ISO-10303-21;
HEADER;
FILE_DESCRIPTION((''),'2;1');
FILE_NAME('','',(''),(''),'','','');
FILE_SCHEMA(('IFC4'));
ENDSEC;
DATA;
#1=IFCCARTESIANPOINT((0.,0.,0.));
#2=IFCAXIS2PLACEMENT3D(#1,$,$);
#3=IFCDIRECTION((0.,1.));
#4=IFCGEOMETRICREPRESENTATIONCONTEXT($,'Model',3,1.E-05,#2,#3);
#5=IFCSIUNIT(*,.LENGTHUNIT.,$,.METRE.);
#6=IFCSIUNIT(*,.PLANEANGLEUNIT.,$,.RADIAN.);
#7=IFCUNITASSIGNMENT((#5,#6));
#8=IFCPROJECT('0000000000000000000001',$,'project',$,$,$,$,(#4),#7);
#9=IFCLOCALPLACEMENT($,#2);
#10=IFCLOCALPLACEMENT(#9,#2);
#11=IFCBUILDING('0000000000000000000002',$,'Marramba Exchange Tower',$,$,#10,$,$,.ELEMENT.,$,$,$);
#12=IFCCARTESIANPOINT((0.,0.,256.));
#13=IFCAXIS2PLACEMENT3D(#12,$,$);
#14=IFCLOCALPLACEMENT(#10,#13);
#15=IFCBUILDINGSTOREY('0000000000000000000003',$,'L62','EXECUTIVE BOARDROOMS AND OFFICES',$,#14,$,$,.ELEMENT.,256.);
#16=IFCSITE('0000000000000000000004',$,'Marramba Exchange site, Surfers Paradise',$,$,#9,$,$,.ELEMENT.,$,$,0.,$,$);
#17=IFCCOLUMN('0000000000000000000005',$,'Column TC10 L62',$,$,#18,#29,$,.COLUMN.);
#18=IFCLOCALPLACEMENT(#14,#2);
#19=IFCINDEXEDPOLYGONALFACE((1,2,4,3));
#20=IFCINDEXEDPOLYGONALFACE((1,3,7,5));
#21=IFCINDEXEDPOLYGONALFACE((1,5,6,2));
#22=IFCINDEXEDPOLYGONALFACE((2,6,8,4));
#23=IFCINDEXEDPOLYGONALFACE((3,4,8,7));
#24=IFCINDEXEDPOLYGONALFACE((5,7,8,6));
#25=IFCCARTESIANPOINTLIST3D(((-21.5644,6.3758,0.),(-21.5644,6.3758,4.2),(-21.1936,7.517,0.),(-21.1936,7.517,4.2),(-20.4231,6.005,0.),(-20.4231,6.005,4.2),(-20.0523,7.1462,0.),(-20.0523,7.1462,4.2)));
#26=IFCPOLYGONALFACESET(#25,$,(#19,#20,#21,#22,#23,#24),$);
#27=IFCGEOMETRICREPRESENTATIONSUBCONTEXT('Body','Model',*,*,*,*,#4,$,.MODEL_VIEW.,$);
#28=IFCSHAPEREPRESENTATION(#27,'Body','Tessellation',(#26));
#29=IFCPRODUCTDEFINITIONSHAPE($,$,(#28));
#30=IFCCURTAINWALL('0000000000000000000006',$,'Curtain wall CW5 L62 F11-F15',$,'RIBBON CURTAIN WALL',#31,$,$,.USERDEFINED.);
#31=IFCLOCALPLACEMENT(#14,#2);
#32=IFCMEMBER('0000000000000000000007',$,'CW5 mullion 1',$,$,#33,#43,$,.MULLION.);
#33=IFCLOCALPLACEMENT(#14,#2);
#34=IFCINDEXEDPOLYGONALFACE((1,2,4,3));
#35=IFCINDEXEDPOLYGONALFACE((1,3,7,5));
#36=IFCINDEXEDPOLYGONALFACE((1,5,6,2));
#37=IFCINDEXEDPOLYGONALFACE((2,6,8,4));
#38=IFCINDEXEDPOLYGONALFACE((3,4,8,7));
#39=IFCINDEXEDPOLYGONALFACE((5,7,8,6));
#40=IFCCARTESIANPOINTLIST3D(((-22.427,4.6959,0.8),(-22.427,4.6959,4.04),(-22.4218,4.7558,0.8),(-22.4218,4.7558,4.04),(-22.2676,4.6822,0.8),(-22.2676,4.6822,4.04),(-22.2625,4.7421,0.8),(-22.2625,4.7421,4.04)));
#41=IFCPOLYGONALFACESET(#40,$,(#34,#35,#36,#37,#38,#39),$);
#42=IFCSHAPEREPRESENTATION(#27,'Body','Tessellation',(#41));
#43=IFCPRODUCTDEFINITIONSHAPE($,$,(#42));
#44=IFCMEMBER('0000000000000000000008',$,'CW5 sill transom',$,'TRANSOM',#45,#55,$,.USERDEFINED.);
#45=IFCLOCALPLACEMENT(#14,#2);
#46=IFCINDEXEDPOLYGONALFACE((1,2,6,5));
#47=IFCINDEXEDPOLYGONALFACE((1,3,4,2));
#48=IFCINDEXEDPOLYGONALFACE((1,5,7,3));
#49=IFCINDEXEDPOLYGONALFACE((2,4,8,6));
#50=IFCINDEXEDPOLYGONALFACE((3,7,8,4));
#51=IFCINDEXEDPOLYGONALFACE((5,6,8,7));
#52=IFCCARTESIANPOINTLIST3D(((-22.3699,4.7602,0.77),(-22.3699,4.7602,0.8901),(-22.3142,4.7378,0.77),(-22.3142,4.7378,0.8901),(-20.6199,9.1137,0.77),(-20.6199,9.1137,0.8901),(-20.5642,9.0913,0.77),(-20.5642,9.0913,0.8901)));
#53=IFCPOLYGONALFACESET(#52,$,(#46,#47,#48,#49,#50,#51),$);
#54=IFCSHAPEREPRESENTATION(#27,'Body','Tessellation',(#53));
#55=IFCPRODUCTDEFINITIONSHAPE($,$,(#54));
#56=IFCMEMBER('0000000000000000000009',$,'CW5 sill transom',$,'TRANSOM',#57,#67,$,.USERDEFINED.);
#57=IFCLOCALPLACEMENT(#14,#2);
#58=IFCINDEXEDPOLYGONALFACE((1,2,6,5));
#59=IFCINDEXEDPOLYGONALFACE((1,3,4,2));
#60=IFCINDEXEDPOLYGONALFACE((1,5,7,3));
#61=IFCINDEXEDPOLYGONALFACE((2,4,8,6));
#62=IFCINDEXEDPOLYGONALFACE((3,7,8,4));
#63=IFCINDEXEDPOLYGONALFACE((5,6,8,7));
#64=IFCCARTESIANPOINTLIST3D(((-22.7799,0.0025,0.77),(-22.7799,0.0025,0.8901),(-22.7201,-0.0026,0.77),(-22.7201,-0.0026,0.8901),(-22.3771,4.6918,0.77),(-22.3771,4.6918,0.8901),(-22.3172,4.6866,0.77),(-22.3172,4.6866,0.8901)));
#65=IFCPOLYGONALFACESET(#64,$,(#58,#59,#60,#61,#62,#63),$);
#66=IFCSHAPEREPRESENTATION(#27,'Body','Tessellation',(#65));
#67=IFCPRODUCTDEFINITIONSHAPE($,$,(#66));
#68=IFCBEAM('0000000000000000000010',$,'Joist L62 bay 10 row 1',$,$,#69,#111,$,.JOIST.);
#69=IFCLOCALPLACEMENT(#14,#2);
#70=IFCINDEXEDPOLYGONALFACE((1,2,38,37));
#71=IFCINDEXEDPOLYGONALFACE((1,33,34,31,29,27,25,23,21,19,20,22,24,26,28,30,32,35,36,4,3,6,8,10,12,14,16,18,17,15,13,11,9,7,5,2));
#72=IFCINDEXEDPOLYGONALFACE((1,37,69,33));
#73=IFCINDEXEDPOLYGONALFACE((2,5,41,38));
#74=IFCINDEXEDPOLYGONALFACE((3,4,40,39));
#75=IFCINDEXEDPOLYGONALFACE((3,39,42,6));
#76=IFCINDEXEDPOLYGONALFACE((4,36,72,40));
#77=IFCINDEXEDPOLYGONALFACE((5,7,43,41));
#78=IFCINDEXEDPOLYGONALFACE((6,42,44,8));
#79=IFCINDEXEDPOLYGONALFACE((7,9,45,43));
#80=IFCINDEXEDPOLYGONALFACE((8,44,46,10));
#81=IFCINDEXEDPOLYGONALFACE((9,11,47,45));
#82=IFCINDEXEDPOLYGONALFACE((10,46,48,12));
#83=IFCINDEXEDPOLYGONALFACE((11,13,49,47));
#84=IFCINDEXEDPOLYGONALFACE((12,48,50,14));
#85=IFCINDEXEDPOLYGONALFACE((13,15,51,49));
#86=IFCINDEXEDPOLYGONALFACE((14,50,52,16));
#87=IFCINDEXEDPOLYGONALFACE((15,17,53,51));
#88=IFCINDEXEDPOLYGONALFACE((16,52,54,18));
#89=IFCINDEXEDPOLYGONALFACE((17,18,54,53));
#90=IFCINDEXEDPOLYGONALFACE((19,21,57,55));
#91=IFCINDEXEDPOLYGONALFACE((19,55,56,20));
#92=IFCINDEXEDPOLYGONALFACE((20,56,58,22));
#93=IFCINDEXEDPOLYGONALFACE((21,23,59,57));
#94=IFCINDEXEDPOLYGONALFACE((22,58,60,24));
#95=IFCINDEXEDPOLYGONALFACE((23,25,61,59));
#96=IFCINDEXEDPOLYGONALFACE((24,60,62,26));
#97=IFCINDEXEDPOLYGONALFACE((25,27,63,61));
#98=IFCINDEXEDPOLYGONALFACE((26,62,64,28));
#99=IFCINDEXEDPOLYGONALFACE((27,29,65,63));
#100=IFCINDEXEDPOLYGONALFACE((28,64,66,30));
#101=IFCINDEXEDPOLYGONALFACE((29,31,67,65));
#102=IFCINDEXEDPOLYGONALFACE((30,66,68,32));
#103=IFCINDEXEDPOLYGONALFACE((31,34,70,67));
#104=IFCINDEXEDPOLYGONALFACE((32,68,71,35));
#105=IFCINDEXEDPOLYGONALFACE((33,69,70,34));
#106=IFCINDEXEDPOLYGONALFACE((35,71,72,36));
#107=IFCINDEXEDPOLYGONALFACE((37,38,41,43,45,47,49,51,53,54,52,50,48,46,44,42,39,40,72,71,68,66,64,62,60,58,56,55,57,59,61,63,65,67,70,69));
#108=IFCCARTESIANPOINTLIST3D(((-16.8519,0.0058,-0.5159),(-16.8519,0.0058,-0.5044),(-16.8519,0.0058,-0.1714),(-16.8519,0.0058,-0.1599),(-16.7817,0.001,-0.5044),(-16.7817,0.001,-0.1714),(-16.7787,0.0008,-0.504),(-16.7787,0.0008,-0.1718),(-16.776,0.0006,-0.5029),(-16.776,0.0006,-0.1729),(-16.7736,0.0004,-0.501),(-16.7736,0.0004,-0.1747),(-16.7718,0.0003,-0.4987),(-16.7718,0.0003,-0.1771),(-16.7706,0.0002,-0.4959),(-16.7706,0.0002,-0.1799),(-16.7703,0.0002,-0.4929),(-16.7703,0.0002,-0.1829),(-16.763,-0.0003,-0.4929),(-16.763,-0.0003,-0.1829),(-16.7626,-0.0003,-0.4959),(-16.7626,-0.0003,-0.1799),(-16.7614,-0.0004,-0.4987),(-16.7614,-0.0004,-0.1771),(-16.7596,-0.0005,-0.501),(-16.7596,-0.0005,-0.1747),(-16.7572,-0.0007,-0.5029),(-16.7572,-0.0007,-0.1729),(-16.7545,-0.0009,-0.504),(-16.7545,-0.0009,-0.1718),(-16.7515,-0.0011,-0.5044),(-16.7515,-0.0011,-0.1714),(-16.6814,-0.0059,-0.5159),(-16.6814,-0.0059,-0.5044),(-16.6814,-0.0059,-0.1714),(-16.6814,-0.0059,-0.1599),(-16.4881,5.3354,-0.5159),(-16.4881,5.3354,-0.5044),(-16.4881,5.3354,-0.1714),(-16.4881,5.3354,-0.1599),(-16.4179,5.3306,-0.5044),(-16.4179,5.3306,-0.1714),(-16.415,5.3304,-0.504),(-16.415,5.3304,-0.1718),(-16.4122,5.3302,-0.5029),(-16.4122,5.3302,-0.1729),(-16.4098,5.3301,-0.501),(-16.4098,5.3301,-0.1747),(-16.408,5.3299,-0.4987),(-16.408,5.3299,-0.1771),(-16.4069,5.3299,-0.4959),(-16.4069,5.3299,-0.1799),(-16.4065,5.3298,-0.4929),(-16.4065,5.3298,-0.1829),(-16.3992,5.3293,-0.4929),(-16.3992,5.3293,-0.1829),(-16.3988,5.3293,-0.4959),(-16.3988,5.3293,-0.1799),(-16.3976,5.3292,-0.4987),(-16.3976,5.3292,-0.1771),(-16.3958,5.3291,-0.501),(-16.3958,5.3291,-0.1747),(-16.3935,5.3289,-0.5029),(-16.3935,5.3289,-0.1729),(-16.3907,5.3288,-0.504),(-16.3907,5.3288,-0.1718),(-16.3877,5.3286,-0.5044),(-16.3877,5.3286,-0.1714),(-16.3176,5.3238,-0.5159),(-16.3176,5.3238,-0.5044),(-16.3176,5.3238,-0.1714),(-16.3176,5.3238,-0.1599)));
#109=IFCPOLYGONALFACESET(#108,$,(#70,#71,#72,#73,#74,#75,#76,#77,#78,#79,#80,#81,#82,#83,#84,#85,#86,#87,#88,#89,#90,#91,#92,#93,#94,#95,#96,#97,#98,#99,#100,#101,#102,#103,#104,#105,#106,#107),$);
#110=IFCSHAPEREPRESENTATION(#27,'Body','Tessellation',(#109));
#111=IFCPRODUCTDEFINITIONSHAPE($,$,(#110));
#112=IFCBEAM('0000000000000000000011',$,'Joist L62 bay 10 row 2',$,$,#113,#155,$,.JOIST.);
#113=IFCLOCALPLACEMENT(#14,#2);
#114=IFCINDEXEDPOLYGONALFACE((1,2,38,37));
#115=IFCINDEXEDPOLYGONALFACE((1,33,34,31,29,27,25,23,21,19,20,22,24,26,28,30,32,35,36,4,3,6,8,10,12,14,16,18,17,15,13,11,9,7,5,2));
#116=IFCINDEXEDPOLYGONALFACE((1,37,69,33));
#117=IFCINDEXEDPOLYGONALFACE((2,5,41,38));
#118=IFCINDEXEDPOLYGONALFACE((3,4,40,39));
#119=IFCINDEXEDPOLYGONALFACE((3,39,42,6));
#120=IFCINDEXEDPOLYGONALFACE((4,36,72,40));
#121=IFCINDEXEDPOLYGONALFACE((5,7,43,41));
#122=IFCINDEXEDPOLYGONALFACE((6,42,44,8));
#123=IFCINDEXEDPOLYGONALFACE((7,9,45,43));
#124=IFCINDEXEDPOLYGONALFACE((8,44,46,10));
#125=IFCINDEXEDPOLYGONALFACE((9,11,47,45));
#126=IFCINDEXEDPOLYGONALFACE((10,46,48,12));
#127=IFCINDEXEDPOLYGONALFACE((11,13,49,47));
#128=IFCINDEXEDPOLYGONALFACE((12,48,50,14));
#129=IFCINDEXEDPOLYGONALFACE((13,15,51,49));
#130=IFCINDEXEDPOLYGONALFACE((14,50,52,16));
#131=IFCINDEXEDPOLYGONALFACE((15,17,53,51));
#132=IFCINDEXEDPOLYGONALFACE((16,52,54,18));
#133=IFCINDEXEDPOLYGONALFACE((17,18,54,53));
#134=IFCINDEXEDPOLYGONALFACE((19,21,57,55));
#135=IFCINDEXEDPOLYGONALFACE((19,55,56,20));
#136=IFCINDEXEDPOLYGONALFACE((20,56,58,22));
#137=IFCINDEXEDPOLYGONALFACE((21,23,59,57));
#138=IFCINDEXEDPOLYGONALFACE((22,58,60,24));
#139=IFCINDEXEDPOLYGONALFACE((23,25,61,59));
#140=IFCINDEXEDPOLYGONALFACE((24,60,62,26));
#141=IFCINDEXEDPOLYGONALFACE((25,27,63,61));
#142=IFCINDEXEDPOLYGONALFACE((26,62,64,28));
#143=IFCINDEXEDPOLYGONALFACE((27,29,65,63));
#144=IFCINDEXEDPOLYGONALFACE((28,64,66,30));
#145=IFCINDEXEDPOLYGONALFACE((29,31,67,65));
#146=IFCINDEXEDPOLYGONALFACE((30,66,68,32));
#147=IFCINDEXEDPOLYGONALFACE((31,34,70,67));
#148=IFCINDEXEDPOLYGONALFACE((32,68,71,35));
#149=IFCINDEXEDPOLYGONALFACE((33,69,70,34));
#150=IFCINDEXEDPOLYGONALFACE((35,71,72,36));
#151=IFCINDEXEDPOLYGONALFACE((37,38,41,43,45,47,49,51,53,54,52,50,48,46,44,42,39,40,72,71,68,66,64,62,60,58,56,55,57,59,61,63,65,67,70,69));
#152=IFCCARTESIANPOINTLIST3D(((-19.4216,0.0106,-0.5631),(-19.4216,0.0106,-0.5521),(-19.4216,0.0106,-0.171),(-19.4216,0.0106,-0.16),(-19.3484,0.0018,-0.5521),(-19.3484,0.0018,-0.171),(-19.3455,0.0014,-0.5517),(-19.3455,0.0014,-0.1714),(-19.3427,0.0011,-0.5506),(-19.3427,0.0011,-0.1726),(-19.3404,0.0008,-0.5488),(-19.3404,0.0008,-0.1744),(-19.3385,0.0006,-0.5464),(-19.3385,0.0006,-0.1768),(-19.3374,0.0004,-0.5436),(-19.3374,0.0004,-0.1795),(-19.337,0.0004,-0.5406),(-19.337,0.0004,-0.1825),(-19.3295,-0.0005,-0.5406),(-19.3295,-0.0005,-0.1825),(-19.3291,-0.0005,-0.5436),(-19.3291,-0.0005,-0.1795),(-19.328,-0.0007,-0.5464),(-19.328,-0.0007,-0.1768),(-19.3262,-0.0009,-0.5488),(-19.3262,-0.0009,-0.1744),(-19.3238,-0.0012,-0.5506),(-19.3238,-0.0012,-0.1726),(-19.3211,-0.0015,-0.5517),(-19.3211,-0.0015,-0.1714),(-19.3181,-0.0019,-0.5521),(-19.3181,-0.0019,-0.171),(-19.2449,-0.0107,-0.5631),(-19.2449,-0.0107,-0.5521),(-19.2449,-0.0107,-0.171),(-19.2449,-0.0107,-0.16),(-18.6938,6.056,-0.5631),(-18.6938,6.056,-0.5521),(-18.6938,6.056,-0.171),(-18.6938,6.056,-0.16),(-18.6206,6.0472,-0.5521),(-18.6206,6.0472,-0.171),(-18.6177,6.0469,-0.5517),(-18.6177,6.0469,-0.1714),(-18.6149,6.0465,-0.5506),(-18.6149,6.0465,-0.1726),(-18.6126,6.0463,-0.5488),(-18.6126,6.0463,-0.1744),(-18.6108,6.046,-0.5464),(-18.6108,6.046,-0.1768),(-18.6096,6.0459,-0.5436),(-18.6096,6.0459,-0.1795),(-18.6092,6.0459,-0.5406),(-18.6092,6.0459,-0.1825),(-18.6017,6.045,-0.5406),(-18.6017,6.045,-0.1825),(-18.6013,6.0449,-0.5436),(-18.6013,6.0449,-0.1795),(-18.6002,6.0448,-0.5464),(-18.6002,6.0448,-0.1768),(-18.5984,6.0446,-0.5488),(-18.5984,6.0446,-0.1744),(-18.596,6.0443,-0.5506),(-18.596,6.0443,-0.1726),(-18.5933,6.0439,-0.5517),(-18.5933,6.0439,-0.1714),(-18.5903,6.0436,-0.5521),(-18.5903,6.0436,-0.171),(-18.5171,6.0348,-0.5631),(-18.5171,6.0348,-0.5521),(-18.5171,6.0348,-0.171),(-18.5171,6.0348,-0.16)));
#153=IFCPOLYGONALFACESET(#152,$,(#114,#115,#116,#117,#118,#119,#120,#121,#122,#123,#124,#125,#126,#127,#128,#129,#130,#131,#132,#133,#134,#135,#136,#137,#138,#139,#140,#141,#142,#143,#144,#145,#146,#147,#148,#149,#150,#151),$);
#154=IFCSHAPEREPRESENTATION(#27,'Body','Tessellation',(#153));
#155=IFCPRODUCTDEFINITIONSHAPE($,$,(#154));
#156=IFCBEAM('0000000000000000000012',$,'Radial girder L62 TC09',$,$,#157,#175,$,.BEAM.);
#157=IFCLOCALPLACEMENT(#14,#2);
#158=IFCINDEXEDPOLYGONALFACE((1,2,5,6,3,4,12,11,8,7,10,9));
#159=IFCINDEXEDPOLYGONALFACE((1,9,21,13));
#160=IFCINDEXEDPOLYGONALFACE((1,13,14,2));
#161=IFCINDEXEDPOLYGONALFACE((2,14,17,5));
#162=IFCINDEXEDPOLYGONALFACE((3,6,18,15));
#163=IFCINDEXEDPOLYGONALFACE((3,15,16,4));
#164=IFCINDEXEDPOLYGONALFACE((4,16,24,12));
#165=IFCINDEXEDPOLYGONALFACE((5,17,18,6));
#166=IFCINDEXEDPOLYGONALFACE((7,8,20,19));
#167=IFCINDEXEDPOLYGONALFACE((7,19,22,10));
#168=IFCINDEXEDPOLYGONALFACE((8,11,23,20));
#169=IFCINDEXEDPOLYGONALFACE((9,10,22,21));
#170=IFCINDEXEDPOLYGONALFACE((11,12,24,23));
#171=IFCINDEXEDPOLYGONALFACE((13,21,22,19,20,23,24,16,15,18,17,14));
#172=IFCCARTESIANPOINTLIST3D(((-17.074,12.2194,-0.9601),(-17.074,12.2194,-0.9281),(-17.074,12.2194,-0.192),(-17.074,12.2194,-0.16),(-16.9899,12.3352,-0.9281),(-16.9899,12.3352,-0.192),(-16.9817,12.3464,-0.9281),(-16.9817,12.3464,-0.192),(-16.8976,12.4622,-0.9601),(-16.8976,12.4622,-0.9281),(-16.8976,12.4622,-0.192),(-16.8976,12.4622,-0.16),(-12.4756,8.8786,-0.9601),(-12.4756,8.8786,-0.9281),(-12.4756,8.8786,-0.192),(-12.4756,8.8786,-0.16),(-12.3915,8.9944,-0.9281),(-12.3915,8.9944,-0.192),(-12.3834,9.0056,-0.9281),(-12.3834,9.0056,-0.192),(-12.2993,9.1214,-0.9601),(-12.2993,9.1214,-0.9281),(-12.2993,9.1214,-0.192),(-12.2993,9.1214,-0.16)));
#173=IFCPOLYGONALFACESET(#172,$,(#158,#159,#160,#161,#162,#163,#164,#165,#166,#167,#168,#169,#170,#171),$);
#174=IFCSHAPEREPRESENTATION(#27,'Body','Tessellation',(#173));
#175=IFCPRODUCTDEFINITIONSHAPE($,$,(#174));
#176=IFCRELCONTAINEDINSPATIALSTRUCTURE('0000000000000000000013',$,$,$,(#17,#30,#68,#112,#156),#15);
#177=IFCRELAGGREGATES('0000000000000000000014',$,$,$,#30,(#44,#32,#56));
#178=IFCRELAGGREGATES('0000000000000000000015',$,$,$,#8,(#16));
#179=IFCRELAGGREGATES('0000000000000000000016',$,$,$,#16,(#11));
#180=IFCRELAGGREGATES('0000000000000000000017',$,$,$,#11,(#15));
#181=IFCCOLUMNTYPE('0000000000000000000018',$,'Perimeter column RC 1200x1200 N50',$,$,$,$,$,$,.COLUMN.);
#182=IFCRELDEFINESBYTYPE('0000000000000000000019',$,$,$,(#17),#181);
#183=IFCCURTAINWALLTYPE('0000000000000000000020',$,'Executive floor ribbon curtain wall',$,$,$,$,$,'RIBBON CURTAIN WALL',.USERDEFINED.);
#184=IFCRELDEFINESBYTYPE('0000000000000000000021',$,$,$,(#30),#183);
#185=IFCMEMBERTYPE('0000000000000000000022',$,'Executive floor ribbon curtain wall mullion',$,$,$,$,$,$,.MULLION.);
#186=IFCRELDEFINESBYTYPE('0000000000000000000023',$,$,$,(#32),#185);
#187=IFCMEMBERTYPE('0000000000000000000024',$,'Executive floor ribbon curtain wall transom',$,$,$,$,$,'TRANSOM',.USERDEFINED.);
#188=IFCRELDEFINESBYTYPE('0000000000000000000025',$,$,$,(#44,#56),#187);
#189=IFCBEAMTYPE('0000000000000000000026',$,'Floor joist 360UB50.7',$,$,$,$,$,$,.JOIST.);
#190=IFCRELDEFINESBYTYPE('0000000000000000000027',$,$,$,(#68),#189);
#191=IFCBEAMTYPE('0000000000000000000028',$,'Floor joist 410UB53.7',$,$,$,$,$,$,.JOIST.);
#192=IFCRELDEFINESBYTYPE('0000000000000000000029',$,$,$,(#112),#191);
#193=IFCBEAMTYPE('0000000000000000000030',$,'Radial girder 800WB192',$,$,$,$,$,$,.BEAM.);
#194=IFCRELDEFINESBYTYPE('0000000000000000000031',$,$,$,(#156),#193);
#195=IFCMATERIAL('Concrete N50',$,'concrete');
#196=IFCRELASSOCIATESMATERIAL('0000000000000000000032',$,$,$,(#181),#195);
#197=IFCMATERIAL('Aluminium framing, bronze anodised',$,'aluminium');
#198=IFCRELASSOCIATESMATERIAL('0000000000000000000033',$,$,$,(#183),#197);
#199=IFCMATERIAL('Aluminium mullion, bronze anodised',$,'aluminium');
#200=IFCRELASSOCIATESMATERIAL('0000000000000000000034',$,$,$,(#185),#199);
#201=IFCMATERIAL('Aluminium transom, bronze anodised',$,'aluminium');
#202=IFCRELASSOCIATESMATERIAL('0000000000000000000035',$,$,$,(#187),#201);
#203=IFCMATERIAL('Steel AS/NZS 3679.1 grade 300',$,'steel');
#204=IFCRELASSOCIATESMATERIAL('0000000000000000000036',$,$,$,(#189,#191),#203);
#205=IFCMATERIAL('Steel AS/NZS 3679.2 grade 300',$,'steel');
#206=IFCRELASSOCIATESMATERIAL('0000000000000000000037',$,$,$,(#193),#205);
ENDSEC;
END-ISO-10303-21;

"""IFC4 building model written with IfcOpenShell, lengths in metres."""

from ifc_helpers import new_model, si_unit, direction, frame, origin, origin_2d, place, context, subcontext, project, spatial, rectangle, i_section, extrude, material, material_profile, profile_set, type_object, element, aggregate, save


model = new_model("IFC4")

# Units and contexts
model_context = context("Model", 3, precision=1e-05, world=origin(), true_north=direction((0.0, 1.0)))
body_context = subcontext(model_context, "Body", "Model", "MODEL_VIEW")
ifc_project = project(units=[si_unit("LENGTHUNIT", "METRE"), si_unit("PLANEANGLEUNIT", "RADIAN")], contexts=[model_context])

# Site, building, storey
site_placement = place(None, origin())
site = spatial("IfcSite", under=ifc_project, at=site_placement, Name="Marramba Exchange site, Surfers Paradise", CompositionType="ELEMENT", RefElevation=0.0)
building_placement = place(site_placement, origin())
building = spatial("IfcBuilding", under=site, at=building_placement, Name="Marramba Exchange Tower", CompositionType="ELEMENT")
storey_placement = place(building_placement, frame((0.0, 0.0, 256.0)))
storey = spatial("IfcBuildingStorey", under=building, at=storey_placement, Name="L62", Description="EXECUTIVE BOARDROOMS AND OFFICES", CompositionType="ELEMENT", Elevation=256.0)

# Column
ifc_material_1 = material(Name="Concrete N50", Category="concrete")
ifc_material_profile_1 = material_profile(ifc_material_1, rectangle(XDim=1.2, YDim=1.2, at=origin_2d()), Name="RC 1200x1200")
ifc_profile_set_1 = profile_set([ifc_material_profile_1], Name="Concrete N50")
column_type = type_object("IfcColumnType", Name="Perimeter column RC 1200x1200 N50", PredefinedType="COLUMN", material=ifc_profile_set_1)
column_placement = place(storey_placement, frame((-20.8083, 6.761, 0.0), z_axis=(0.0, 0.0, 1.0), x_axis=(-0.951057, 0.309017, 0.0)))
element("IfcColumn", 1, at=column_placement, inside=storey, type_object=column_type, Name="Column TC10 L62", PredefinedType="COLUMN", context=body_context, shape_type="SweptSolid", body=[
    extrude(rectangle(XDim=1.2, YDim=1.2, at=origin_2d()), origin(), (0.0, 0.0, 1.0), 4.2),
])

# Curtain wall, members
ifc_material_2 = material(Name="Aluminium framing, bronze anodised", Category="aluminium")
curtain_wall_type = type_object("IfcCurtainWallType", Name="Executive floor ribbon curtain wall", ElementType="RIBBON CURTAIN WALL", PredefinedType="USERDEFINED", material=ifc_material_2)
curtain_wall_placement = place(storey_placement, origin())
curtain_wall = element("IfcCurtainWall", 2, at=curtain_wall_placement, inside=storey, type_object=curtain_wall_type, Name="Curtain wall CW5 L62 F11-F15", ObjectType="RIBBON CURTAIN WALL", PredefinedType="USERDEFINED")
ifc_material_3 = material(Name="Aluminium mullion, bronze anodised", Category="aluminium")
ifc_material_profile_2 = material_profile(ifc_material_3, rectangle(XDim=0.1599, YDim=0.0601, at=origin_2d()), Name="CW5 mullion 60x160")
ifc_profile_set_2 = profile_set([ifc_material_profile_2], Name="Aluminium mullion, bronze anodised")
member_type_1 = type_object("IfcMemberType", Name="Executive floor ribbon curtain wall mullion", PredefinedType="MULLION", material=ifc_profile_set_2)
member_1_placement = place(storey_placement, frame((-22.3447, 4.719, 0.8), z_axis=(0.0, 0.0, 1.0), x_axis=(0.996332, -0.085574, 0.0)))
member_1 = element("IfcMember", 3, at=member_1_placement, type_object=member_type_1, Name="CW5 mullion 1", PredefinedType="MULLION", context=body_context, shape_type="SweptSolid", body=[
    extrude(rectangle(XDim=0.1599, YDim=0.0601, at=origin_2d()), origin(), (0.0, 0.0, 1.0), 3.24),
])
ifc_material_4 = material(Name="Aluminium transom, bronze anodised", Category="aluminium")
ifc_material_profile_3 = material_profile(ifc_material_4, rectangle(XDim=0.0601, YDim=0.1201, at=origin_2d()), Name="CW5 transom 60x120")
ifc_profile_set_3 = profile_set([ifc_material_profile_3], Name="Aluminium transom, bronze anodised")
member_type_2 = type_object("IfcMemberType", Name="Executive floor ribbon curtain wall transom", ElementType="TRANSOM", PredefinedType="USERDEFINED", material=ifc_profile_set_3)
member_2_placement = place(storey_placement, frame((-20.592, 9.1025, 0.8301), z_axis=(-0.372969, -0.927844, 0.0), x_axis=(0.927844, -0.372969, 0.0)))
member_2 = element("IfcMember", 4, at=member_2_placement, type_object=member_type_2, Name="CW5 sill transom", ObjectType="TRANSOM", PredefinedType="USERDEFINED", context=body_context, shape_type="SweptSolid", body=[
    extrude(rectangle(XDim=0.0601, YDim=0.1201, at=origin_2d()), origin(), (0.0, 0.0, 1.0), 4.6921),
])
member_3_placement = place(storey_placement, frame((-22.3472, 4.6892, 0.8301), z_axis=(-0.085591, -0.99633, 0.0), x_axis=(0.99633, -0.085591, 0.0)))
member_3 = element("IfcMember", 5, at=member_3_placement, type_object=member_type_2, Name="CW5 sill transom", ObjectType="TRANSOM", PredefinedType="USERDEFINED", context=body_context, shape_type="SweptSolid", body=[
    extrude(rectangle(XDim=0.0601, YDim=0.1201, at=origin_2d()), origin(), (0.0, 0.0, 1.0), 4.7065),
])

# Beams
ifc_material_5 = material(Name="Steel AS/NZS 3679.1 grade 300", Category="steel")
ifc_material_profile_4 = material_profile(ifc_material_5, i_section(OverallWidth=0.1709, OverallDepth=0.356, WebThickness=0.0073, FlangeThickness=0.0115, FilletRadius=0.0115, at=origin_2d()), Name="360UB50.7")
ifc_profile_set_4 = profile_set([ifc_material_profile_4], Name="Steel AS/NZS 3679.1 grade 300")
beam_type_1 = type_object("IfcBeamType", Name="Floor joist 360UB50.7", PredefinedType="JOIST", material=ifc_profile_set_4)
beam_1_placement = place(storey_placement, frame((-16.4028, 5.3296, -0.3379), z_axis=(-0.068096, -0.997679, 0.0), x_axis=(0.997679, -0.068096, 0.0)))
element("IfcBeam", 6, at=beam_1_placement, inside=storey, type_object=beam_type_1, Name="Joist L62 bay 10 row 1", PredefinedType="JOIST", context=body_context, shape_type="SweptSolid", body=[
    extrude(i_section(OverallWidth=0.1709, OverallDepth=0.356, WebThickness=0.0073, FlangeThickness=0.0115, FilletRadius=0.0115, at=origin_2d()), origin(), (0.0, 0.0, 1.0), 5.342),
])
ifc_material_profile_5 = material_profile(ifc_material_5, i_section(OverallWidth=0.178, OverallDepth=0.4031, WebThickness=0.0076, FlangeThickness=0.011, FilletRadius=0.0115, at=origin_2d()), Name="410UB53.7")
ifc_profile_set_5 = profile_set([ifc_material_profile_5], Name="Steel AS/NZS 3679.1 grade 300")
beam_type_2 = type_object("IfcBeamType", Name="Floor joist 410UB53.7", PredefinedType="JOIST", material=ifc_profile_set_5)
beam_2_placement = place(storey_placement, frame((-18.6055, 6.0454, -0.3616), z_axis=(-0.119523, -0.992831, 0.0), x_axis=(0.992831, -0.119523, 0.0)))
element("IfcBeam", 7, at=beam_2_placement, inside=storey, type_object=beam_type_2, Name="Joist L62 bay 10 row 2", PredefinedType="JOIST", context=body_context, shape_type="SweptSolid", body=[
    extrude(i_section(OverallWidth=0.178, OverallDepth=0.4031, WebThickness=0.0076, FlangeThickness=0.011, FilletRadius=0.0115, at=origin_2d()), origin(), (0.0, 0.0, 1.0), 6.0891),
])
ifc_material_6 = material(Name="Steel AS/NZS 3679.2 grade 300", Category="steel")
ifc_material_profile_6 = material_profile(ifc_material_6, i_section(OverallWidth=0.3, OverallDepth=0.8, WebThickness=0.0139, FlangeThickness=0.032, at=origin_2d()), Name="800WB192")
ifc_profile_set_6 = profile_set([ifc_material_profile_6], Name="Steel AS/NZS 3679.2 grade 300")
beam_type_3 = type_object("IfcBeamType", Name="Radial girder 800WB192", PredefinedType="BEAM", material=ifc_profile_set_6)
beam_3_placement = place(storey_placement, frame((-12.3875, 9.0, -0.5601), z_axis=(-0.809026, 0.587773, 0.0), x_axis=(-0.587773, -0.809026, 0.0)))
element("IfcBeam", 8, at=beam_3_placement, inside=storey, type_object=beam_type_3, Name="Radial girder L62 TC09", PredefinedType="BEAM", context=body_context, shape_type="SweptSolid", body=[
    extrude(i_section(OverallWidth=0.3, OverallDepth=0.8, WebThickness=0.0139, FlangeThickness=0.032, at=origin_2d()), origin(), (0.0, 0.0, 1.0), 5.6838),
])

aggregate(curtain_wall, [member_2, member_1, member_3])

save(model, "model.ifc")
